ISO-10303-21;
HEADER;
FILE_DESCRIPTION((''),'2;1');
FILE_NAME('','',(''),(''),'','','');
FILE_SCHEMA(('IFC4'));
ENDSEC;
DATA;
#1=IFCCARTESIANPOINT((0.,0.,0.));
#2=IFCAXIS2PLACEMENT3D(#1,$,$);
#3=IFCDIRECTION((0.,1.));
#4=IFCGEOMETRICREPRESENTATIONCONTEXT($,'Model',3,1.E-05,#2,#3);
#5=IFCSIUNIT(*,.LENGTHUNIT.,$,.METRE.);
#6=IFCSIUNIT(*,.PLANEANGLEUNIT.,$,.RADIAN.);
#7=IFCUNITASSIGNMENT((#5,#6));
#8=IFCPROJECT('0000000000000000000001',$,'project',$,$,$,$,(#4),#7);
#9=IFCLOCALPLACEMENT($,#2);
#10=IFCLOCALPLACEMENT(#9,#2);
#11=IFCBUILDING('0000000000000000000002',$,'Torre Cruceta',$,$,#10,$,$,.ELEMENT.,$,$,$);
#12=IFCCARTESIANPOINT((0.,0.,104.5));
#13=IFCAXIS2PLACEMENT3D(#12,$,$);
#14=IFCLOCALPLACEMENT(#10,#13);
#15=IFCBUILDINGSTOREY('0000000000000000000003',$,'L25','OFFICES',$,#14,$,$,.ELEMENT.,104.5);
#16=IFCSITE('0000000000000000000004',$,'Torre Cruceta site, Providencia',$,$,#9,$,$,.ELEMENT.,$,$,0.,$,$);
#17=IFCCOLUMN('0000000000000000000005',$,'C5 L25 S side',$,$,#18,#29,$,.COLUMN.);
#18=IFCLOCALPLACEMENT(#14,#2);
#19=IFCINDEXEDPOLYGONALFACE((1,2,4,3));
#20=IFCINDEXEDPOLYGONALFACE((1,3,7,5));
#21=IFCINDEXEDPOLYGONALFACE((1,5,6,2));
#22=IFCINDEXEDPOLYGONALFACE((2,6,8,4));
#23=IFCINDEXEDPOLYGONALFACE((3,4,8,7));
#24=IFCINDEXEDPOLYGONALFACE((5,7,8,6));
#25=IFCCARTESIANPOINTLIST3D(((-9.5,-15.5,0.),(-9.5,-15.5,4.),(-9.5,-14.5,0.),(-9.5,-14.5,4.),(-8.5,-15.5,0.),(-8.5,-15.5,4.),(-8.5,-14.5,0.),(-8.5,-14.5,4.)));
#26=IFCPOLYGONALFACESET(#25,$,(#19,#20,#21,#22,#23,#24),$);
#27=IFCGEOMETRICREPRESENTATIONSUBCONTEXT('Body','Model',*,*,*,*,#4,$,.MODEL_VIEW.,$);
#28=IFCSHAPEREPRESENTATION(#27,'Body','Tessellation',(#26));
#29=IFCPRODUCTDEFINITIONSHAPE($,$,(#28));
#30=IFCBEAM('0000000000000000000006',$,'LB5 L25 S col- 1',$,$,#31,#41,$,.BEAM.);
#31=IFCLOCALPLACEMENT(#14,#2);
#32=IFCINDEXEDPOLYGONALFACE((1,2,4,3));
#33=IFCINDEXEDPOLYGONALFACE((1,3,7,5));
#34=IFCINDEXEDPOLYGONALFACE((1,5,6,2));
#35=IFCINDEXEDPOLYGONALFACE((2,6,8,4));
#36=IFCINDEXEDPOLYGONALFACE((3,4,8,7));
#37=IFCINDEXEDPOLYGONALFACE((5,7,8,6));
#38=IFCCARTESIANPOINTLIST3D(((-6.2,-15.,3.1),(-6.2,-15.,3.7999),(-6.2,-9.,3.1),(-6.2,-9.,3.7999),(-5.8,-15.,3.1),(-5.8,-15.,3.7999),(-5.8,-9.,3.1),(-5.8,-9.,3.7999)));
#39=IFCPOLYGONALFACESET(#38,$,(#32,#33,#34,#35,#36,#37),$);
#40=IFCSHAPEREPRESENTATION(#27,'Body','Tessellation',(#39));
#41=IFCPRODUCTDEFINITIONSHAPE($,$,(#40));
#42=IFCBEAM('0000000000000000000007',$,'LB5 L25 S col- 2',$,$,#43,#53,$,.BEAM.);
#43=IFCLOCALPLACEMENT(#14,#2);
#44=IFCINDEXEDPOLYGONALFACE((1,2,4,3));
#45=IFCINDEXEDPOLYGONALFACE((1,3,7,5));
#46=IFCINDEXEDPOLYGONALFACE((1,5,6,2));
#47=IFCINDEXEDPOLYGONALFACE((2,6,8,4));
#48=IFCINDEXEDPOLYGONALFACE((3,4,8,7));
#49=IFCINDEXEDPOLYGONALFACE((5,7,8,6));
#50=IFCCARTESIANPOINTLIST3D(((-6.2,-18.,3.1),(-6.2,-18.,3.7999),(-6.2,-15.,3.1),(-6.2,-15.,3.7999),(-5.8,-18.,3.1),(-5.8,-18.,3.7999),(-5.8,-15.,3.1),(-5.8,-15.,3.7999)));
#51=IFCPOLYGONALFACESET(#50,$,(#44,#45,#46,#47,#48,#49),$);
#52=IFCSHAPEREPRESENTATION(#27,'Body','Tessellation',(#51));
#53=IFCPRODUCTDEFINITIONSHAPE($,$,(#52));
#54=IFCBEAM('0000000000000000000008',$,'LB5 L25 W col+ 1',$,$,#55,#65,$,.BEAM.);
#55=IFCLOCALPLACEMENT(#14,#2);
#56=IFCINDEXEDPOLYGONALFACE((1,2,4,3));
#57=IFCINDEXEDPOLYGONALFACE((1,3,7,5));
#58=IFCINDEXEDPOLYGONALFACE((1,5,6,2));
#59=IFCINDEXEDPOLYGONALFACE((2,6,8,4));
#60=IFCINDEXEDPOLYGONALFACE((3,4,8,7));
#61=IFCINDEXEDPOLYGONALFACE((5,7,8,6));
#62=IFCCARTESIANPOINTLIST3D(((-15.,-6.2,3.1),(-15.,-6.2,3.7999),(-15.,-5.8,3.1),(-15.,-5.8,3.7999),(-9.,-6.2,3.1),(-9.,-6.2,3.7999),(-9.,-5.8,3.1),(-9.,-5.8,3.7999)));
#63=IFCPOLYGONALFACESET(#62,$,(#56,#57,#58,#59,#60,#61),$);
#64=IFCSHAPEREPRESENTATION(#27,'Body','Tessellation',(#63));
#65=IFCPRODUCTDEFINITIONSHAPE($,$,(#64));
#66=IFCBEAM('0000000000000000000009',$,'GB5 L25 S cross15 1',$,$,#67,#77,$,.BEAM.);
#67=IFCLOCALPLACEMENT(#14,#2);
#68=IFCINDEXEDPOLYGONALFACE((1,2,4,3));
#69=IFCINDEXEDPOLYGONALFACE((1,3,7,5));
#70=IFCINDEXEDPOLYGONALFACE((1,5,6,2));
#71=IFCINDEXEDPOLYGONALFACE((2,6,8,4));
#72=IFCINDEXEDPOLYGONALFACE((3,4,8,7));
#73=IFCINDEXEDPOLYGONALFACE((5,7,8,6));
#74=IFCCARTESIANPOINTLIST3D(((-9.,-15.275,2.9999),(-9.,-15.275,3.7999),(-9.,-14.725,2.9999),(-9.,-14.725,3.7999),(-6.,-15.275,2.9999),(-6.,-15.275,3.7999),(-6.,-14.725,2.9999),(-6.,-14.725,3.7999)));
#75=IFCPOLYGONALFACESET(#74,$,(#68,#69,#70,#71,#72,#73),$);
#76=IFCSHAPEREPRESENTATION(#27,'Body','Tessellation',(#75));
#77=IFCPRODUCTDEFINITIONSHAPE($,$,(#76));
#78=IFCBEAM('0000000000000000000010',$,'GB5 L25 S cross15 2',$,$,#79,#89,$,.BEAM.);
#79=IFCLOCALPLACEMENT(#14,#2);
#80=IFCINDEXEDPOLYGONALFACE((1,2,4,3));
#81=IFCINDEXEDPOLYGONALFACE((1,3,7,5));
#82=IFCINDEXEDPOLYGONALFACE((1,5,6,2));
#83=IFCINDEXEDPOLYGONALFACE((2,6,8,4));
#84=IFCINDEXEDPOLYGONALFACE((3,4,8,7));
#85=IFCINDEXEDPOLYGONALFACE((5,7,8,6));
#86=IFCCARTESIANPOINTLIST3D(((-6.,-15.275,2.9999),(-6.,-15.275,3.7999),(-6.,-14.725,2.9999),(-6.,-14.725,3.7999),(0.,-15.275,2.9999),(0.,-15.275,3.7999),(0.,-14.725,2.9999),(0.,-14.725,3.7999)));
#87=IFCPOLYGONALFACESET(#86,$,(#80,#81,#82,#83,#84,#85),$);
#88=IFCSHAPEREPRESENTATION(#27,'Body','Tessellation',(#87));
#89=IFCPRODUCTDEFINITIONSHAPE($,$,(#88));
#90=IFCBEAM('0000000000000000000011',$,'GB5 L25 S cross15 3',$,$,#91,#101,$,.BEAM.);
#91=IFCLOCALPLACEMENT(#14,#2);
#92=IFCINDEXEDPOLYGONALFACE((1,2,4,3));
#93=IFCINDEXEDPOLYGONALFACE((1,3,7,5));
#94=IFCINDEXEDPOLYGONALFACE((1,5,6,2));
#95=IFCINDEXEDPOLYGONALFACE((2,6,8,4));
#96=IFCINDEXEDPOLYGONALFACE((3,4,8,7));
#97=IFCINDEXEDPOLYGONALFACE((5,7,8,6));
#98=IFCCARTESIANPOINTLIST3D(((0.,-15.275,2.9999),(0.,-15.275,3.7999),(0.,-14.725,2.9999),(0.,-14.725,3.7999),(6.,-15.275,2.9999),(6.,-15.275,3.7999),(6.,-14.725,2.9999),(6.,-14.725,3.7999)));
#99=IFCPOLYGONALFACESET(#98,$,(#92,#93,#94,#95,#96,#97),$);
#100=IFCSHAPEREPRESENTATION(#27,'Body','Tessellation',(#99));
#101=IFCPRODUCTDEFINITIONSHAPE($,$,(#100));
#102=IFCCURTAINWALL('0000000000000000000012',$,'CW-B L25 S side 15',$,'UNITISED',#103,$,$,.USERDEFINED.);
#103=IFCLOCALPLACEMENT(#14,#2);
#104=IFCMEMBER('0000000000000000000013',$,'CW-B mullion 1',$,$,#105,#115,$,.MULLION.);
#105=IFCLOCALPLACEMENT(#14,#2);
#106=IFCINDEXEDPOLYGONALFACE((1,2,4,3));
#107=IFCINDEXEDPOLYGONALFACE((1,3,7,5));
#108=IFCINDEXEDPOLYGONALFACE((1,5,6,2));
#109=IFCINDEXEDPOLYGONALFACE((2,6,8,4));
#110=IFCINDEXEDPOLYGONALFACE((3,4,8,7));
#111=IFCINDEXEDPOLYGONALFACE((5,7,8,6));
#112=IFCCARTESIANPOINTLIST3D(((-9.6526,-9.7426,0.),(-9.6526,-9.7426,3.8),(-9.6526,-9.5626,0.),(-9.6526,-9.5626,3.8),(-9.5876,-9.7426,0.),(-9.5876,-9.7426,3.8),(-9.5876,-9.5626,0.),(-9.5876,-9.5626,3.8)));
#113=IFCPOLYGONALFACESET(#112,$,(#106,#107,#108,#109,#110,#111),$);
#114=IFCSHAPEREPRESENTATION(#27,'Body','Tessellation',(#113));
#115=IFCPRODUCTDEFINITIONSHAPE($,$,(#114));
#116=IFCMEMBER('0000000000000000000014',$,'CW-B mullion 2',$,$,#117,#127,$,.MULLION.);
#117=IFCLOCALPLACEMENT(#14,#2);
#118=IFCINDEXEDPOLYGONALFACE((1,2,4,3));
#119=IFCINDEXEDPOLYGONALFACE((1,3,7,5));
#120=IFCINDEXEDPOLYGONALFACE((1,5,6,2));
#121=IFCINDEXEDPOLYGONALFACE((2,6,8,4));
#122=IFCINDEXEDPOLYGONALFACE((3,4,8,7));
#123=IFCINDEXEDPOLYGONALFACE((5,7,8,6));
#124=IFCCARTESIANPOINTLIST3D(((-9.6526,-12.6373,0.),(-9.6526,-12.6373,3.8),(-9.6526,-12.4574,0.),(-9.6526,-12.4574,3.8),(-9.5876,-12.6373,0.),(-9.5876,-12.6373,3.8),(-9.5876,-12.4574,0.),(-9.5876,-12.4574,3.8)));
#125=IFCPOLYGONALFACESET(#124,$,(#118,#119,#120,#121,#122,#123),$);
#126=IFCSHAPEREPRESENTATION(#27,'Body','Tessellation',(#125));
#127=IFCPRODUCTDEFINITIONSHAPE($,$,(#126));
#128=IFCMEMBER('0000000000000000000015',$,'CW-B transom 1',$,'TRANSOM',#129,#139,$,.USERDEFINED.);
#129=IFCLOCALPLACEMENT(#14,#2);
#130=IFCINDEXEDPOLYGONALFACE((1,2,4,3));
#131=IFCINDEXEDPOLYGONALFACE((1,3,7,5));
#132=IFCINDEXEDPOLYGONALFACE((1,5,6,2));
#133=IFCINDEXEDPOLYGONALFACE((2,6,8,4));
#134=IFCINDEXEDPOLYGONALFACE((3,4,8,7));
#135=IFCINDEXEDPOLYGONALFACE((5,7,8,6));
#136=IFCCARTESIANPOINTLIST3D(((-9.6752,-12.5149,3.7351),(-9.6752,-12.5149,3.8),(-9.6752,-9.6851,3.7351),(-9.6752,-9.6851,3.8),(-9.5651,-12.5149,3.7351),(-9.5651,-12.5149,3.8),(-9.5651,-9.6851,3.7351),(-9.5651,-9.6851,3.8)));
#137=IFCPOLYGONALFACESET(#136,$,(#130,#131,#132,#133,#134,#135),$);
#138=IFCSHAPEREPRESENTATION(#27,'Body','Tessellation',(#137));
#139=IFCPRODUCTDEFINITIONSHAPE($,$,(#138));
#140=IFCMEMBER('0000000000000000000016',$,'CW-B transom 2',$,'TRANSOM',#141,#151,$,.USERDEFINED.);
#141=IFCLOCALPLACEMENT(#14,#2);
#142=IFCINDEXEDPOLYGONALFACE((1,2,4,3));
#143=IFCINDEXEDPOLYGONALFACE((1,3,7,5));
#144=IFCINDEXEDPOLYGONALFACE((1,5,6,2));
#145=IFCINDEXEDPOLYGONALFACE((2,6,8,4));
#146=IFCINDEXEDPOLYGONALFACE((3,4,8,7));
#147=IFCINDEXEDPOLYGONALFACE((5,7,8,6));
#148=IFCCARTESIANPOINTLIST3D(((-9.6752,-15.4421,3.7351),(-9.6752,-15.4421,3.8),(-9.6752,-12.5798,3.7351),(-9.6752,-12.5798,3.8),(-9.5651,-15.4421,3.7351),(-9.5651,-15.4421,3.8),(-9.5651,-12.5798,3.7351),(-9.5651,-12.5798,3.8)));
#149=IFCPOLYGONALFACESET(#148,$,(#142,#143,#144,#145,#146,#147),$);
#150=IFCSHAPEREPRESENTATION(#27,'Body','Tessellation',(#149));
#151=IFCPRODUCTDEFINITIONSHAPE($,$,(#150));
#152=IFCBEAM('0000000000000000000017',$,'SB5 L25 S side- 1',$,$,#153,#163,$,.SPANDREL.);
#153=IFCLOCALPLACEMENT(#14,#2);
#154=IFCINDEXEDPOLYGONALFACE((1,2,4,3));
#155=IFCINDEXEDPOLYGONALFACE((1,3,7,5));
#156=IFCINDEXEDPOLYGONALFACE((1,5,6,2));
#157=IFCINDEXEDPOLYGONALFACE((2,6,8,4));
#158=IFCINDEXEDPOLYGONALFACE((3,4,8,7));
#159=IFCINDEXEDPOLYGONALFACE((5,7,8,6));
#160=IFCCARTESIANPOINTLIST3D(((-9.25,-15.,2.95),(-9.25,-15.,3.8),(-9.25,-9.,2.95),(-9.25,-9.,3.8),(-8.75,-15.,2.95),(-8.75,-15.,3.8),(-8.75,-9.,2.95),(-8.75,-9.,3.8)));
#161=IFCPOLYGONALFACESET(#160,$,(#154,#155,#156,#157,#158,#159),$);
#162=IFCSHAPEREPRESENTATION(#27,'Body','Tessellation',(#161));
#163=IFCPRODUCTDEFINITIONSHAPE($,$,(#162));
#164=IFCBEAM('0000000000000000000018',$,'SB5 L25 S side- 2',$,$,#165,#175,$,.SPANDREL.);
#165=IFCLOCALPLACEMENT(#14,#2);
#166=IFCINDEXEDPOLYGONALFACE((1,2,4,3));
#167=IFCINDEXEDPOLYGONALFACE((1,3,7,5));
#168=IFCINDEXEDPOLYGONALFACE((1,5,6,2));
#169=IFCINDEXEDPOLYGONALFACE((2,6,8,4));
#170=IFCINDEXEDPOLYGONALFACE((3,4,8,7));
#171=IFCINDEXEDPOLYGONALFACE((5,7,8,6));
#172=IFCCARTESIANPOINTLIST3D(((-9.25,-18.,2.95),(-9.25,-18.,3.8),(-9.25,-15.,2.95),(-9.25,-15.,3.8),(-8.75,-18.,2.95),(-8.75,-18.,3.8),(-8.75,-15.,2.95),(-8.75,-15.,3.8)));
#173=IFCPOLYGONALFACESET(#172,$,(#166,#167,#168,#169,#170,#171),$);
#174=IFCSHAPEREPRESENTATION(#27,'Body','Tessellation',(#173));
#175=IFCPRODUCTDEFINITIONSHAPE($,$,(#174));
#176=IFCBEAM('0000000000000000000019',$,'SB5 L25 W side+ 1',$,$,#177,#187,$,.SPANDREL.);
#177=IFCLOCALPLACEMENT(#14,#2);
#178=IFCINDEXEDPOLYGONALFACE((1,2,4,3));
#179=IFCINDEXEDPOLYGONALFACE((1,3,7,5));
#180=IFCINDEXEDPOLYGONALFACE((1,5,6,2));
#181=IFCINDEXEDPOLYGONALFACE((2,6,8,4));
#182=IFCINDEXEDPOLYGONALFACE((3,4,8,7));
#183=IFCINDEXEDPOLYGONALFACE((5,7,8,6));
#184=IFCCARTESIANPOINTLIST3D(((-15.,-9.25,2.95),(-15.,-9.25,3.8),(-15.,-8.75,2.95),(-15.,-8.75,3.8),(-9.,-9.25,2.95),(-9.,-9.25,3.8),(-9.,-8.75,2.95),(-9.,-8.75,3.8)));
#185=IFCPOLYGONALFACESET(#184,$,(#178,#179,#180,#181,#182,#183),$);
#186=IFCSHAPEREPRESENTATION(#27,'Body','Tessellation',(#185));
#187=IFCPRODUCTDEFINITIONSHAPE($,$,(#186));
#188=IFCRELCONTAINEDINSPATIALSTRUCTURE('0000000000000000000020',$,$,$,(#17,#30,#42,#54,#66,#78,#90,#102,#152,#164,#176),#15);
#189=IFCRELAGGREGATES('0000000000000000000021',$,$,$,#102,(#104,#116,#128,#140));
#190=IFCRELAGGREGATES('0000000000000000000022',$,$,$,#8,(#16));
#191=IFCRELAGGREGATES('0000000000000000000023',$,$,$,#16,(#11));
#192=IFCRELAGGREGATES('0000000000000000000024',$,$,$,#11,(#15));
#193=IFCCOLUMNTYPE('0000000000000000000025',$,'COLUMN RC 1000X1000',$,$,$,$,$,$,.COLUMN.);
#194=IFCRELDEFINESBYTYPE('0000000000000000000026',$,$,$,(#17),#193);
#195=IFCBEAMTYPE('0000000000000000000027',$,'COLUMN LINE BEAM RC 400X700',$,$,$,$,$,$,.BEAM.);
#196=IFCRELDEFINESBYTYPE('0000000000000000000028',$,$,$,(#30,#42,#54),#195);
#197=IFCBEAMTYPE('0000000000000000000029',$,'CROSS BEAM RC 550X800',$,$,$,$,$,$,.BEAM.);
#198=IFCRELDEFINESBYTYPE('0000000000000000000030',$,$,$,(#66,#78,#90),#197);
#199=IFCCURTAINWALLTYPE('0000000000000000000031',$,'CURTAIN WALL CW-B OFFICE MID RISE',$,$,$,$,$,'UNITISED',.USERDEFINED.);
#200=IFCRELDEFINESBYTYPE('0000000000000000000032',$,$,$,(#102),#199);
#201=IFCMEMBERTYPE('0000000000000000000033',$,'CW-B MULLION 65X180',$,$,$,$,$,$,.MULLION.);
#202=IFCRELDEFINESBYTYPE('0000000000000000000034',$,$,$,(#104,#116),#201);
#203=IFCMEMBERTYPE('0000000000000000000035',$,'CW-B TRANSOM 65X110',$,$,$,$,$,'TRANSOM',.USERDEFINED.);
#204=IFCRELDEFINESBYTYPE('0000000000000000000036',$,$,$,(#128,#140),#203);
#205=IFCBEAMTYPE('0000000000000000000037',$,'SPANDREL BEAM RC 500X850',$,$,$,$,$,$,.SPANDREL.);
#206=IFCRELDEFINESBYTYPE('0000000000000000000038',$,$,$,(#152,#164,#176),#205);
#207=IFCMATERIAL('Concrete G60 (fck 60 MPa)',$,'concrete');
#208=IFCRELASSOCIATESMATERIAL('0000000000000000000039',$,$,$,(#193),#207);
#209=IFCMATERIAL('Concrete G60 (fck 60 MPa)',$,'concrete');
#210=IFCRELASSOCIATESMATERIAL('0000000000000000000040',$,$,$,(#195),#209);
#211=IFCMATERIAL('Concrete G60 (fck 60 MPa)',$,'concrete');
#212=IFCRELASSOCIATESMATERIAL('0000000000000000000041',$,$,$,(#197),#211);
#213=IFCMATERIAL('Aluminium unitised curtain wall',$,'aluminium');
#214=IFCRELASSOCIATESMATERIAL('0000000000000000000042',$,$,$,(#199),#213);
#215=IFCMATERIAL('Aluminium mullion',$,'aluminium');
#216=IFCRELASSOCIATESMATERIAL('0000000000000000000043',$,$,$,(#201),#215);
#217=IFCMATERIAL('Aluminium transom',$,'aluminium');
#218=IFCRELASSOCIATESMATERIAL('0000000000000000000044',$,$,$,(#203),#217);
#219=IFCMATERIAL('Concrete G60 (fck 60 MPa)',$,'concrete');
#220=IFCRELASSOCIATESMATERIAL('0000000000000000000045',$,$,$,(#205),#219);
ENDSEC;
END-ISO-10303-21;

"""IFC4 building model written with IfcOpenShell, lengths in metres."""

from ifc_helpers import new_model, si_unit, direction, frame, origin, origin_2d, place, context, subcontext, project, spatial, rectangle, extrude, material, material_profile, profile_set, type_object, element, aggregate, save


model = new_model("IFC4")

# Units and contexts
model_context = context("Model", 3, precision=1e-05, world=origin(), true_north=direction((0.0, 1.0)))
body_context = subcontext(model_context, "Body", "Model", "MODEL_VIEW")
ifc_project = project(units=[si_unit("LENGTHUNIT", "METRE"), si_unit("PLANEANGLEUNIT", "RADIAN")], contexts=[model_context])

# Site, building, storey
site_placement = place(None, origin())
site = spatial("IfcSite", under=ifc_project, at=site_placement, Name="Torre Cruceta site, Providencia", CompositionType="ELEMENT", RefElevation=0.0)
building_placement = place(site_placement, origin())
building = spatial("IfcBuilding", under=site, at=building_placement, Name="Torre Cruceta", CompositionType="ELEMENT")
storey_placement = place(building_placement, frame((0.0, 0.0, 104.5)))
storey = spatial("IfcBuildingStorey", under=building, at=storey_placement, Name="L25", Description="OFFICES", CompositionType="ELEMENT", Elevation=104.5)

# Column
ifc_material_1 = material(Name="Concrete G60 (fck 60 MPa)", Category="concrete")
ifc_material_profile_1 = material_profile(ifc_material_1, rectangle(XDim=1.0, YDim=1.0, at=origin_2d()), Name="RC 1000X1000")
ifc_profile_set_1 = profile_set([ifc_material_profile_1], Name="Concrete G60 (fck 60 MPa)")
column_type = type_object("IfcColumnType", Name="COLUMN RC 1000X1000", PredefinedType="COLUMN", material=ifc_profile_set_1)
column_placement = place(storey_placement, frame((-9.0, -15.0, 0.0), z_axis=(0.0, 0.0, 1.0), x_axis=(1.0, 0.0, 0.0)))
element("IfcColumn", 1, at=column_placement, inside=storey, type_object=column_type, Name="C5 L25 S side", PredefinedType="COLUMN", context=body_context, shape_type="SweptSolid", body=[
    extrude(rectangle(XDim=1.0, YDim=1.0, at=origin_2d()), origin(), (0.0, 0.0, 1.0), 4.0),
])

# Beams
ifc_material_2 = material(Name="Concrete G60 (fck 60 MPa)", Category="concrete")
ifc_material_profile_2 = material_profile(ifc_material_2, rectangle(XDim=0.3999, YDim=0.7, at=origin_2d()), Name="RC 400X700")
ifc_profile_set_2 = profile_set([ifc_material_profile_2], Name="Concrete G60 (fck 60 MPa)")
beam_type_1 = type_object("IfcBeamType", Name="COLUMN LINE BEAM RC 400X700", PredefinedType="BEAM", material=ifc_profile_set_2)
beam_1_placement = place(storey_placement, frame((-6.0, -9.0, 3.45), z_axis=(0.0, -1.0, 0.0), x_axis=(1.0, 0.0, 0.0)))
element("IfcBeam", 2, at=beam_1_placement, inside=storey, type_object=beam_type_1, Name="LB5 L25 S col- 1", PredefinedType="BEAM", context=body_context, shape_type="SweptSolid", body=[
    extrude(rectangle(XDim=0.3999, YDim=0.7, at=origin_2d()), origin(), (0.0, 0.0, 1.0), 6.0),
])
beam_2_placement = place(storey_placement, frame((-6.0, -15.0, 3.45), z_axis=(0.0, -1.0, 0.0), x_axis=(1.0, 0.0, 0.0)))
element("IfcBeam", 3, at=beam_2_placement, inside=storey, type_object=beam_type_1, Name="LB5 L25 S col- 2", PredefinedType="BEAM", context=body_context, shape_type="SweptSolid", body=[
    extrude(rectangle(XDim=0.3999, YDim=0.7, at=origin_2d()), origin(), (0.0, 0.0, 1.0), 3.0),
])
beam_3_placement = place(storey_placement, frame((-9.0, -6.0, 3.45), z_axis=(-1.0, 0.0, 0.0), x_axis=(0.0, -1.0, 0.0)))
element("IfcBeam", 4, at=beam_3_placement, inside=storey, type_object=beam_type_1, Name="LB5 L25 W col+ 1", PredefinedType="BEAM", context=body_context, shape_type="SweptSolid", body=[
    extrude(rectangle(XDim=0.3999, YDim=0.7, at=origin_2d()), origin(), (0.0, 0.0, 1.0), 6.0),
])
ifc_material_3 = material(Name="Concrete G60 (fck 60 MPa)", Category="concrete")
ifc_material_profile_3 = material_profile(ifc_material_3, rectangle(XDim=0.55, YDim=0.8, at=origin_2d()), Name="RC 550X800")
ifc_profile_set_3 = profile_set([ifc_material_profile_3], Name="Concrete G60 (fck 60 MPa)")
beam_type_2 = type_object("IfcBeamType", Name="CROSS BEAM RC 550X800", PredefinedType="BEAM", material=ifc_profile_set_3)
beam_4_placement = place(storey_placement, frame((-9.0, -15.0, 3.3999), z_axis=(1.0, 0.0, 0.0), x_axis=(0.0, 1.0, 0.0)))
element("IfcBeam", 5, at=beam_4_placement, inside=storey, type_object=beam_type_2, Name="GB5 L25 S cross15 1", PredefinedType="BEAM", context=body_context, shape_type="SweptSolid", body=[
    extrude(rectangle(XDim=0.55, YDim=0.8, at=origin_2d()), origin(), (0.0, 0.0, 1.0), 3.0),
])
for number, where, z_axis, x_axis, name in (
    (6, (-6.0, -15.0, 3.3999), (1.0, 0.0, 0.0), (0.0, 1.0, 0.0), "GB5 L25 S cross15 2"),
    (7, (0.0, -15.0, 3.3999), (1.0, 0.0, 0.0), (0.0, 1.0, 0.0), "GB5 L25 S cross15 3"),
):
    element("IfcBeam", number, at=place(storey_placement, frame(where, z_axis=z_axis, x_axis=x_axis)), inside=storey, type_object=beam_type_2, Name=name, PredefinedType="BEAM", context=body_context, shape_type="SweptSolid", body=[
        extrude(rectangle(XDim=0.55, YDim=0.8, at=origin_2d()), origin(), (0.0, 0.0, 1.0), 6.0),
    ])

# Curtain wall, members
ifc_material_4 = material(Name="Aluminium unitised curtain wall", Category="aluminium")
curtain_wall_type = type_object("IfcCurtainWallType", Name="CURTAIN WALL CW-B OFFICE MID RISE", ElementType="UNITISED", PredefinedType="USERDEFINED", material=ifc_material_4)
curtain_wall_placement = place(storey_placement, origin())
curtain_wall = element("IfcCurtainWall", 8, at=curtain_wall_placement, inside=storey, type_object=curtain_wall_type, Name="CW-B L25 S side 15", ObjectType="UNITISED", PredefinedType="USERDEFINED")
ifc_material_5 = material(Name="Aluminium mullion", Category="aluminium")
ifc_material_profile_4 = material_profile(ifc_material_5, rectangle(XDim=0.0649, YDim=0.1799, at=origin_2d()), Name="AL 65X180")
ifc_profile_set_4 = profile_set([ifc_material_profile_4], Name="Aluminium mullion")
member_type_1 = type_object("IfcMemberType", Name="CW-B MULLION 65X180", PredefinedType="MULLION", material=ifc_profile_set_4)
member_1_placement = place(storey_placement, frame((-9.6201, -9.6526, 0.0), z_axis=(0.0, 0.0, 1.0), x_axis=(1.0, 0.0, 0.0)))
member_1 = element("IfcMember", 9, at=member_1_placement, type_object=member_type_1, Name="CW-B mullion 1", PredefinedType="MULLION", context=body_context, shape_type="SweptSolid", body=[
    extrude(rectangle(XDim=0.0649, YDim=0.1799, at=origin_2d()), origin(), (0.0, 0.0, 1.0), 3.8),
])
member_2_placement = place(storey_placement, frame((-9.6201, -12.5474, 0.0), z_axis=(0.0, 0.0, 1.0), x_axis=(1.0, 0.0, 0.0)))
member_2 = element("IfcMember", 10, at=member_2_placement, type_object=member_type_1, Name="CW-B mullion 2", PredefinedType="MULLION", context=body_context, shape_type="SweptSolid", body=[
    extrude(rectangle(XDim=0.0649, YDim=0.1799, at=origin_2d()), origin(), (0.0, 0.0, 1.0), 3.8),
])
ifc_material_6 = material(Name="Aluminium transom", Category="aluminium")
ifc_material_profile_5 = material_profile(ifc_material_6, rectangle(XDim=0.1101, YDim=0.0649, at=origin_2d()), Name="AL 110X65")
ifc_profile_set_5 = profile_set([ifc_material_profile_5], Name="Aluminium transom")
member_type_2 = type_object("IfcMemberType", Name="CW-B TRANSOM 65X110", ElementType="TRANSOM", PredefinedType="USERDEFINED", material=ifc_profile_set_5)
member_3_placement = place(storey_placement, frame((-9.6201, -9.6851, 3.7676), z_axis=(0.0, -1.0, 0.0), x_axis=(1.0, 0.0, 0.0)))
member_3 = element("IfcMember", 11, at=member_3_placement, type_object=member_type_2, Name="CW-B transom 1", ObjectType="TRANSOM", PredefinedType="USERDEFINED", context=body_context, shape_type="SweptSolid", body=[
    extrude(rectangle(XDim=0.1101, YDim=0.0649, at=origin_2d()), origin(), (0.0, 0.0, 1.0), 2.8298),
])
member_4_placement = place(storey_placement, frame((-9.6201, -12.5798, 3.7676), z_axis=(0.0, -1.0, 0.0), x_axis=(1.0, 0.0, 0.0)))
member_4 = element("IfcMember", 12, at=member_4_placement, type_object=member_type_2, Name="CW-B transom 2", ObjectType="TRANSOM", PredefinedType="USERDEFINED", context=body_context, shape_type="SweptSolid", body=[
    extrude(rectangle(XDim=0.1101, YDim=0.0649, at=origin_2d()), origin(), (0.0, 0.0, 1.0), 2.8623),
])

# Beams
ifc_material_7 = material(Name="Concrete G60 (fck 60 MPa)", Category="concrete")
ifc_material_profile_6 = material_profile(ifc_material_7, rectangle(XDim=0.5, YDim=0.8501, at=origin_2d()), Name="RC 500X850")
ifc_profile_set_6 = profile_set([ifc_material_profile_6], Name="Concrete G60 (fck 60 MPa)")
beam_type_3 = type_object("IfcBeamType", Name="SPANDREL BEAM RC 500X850", PredefinedType="SPANDREL", material=ifc_profile_set_6)
beam_5_placement = place(storey_placement, frame((-9.0, -9.0, 3.375), z_axis=(0.0, -1.0, 0.0), x_axis=(1.0, 0.0, 0.0)))
element("IfcBeam", 13, at=beam_5_placement, inside=storey, type_object=beam_type_3, Name="SB5 L25 S side- 1", PredefinedType="SPANDREL", context=body_context, shape_type="SweptSolid", body=[
    extrude(rectangle(XDim=0.5, YDim=0.8501, at=origin_2d()), origin(), (0.0, 0.0, 1.0), 6.0),
])
beam_6_placement = place(storey_placement, frame((-9.0, -15.0, 3.375), z_axis=(0.0, -1.0, 0.0), x_axis=(1.0, 0.0, 0.0)))
element("IfcBeam", 14, at=beam_6_placement, inside=storey, type_object=beam_type_3, Name="SB5 L25 S side- 2", PredefinedType="SPANDREL", context=body_context, shape_type="SweptSolid", body=[
    extrude(rectangle(XDim=0.5, YDim=0.8501, at=origin_2d()), origin(), (0.0, 0.0, 1.0), 3.0),
])
beam_7_placement = place(storey_placement, frame((-9.0, -9.0, 3.375), z_axis=(-1.0, 0.0, 0.0), x_axis=(0.0, -1.0, 0.0)))
element("IfcBeam", 15, at=beam_7_placement, inside=storey, type_object=beam_type_3, Name="SB5 L25 W side+ 1", PredefinedType="SPANDREL", context=body_context, shape_type="SweptSolid", body=[
    extrude(rectangle(XDim=0.5, YDim=0.8501, at=origin_2d()), origin(), (0.0, 0.0, 1.0), 6.0),
])

aggregate(curtain_wall, [member_1, member_2, member_3, member_4])

save(model, "model.ifc")
